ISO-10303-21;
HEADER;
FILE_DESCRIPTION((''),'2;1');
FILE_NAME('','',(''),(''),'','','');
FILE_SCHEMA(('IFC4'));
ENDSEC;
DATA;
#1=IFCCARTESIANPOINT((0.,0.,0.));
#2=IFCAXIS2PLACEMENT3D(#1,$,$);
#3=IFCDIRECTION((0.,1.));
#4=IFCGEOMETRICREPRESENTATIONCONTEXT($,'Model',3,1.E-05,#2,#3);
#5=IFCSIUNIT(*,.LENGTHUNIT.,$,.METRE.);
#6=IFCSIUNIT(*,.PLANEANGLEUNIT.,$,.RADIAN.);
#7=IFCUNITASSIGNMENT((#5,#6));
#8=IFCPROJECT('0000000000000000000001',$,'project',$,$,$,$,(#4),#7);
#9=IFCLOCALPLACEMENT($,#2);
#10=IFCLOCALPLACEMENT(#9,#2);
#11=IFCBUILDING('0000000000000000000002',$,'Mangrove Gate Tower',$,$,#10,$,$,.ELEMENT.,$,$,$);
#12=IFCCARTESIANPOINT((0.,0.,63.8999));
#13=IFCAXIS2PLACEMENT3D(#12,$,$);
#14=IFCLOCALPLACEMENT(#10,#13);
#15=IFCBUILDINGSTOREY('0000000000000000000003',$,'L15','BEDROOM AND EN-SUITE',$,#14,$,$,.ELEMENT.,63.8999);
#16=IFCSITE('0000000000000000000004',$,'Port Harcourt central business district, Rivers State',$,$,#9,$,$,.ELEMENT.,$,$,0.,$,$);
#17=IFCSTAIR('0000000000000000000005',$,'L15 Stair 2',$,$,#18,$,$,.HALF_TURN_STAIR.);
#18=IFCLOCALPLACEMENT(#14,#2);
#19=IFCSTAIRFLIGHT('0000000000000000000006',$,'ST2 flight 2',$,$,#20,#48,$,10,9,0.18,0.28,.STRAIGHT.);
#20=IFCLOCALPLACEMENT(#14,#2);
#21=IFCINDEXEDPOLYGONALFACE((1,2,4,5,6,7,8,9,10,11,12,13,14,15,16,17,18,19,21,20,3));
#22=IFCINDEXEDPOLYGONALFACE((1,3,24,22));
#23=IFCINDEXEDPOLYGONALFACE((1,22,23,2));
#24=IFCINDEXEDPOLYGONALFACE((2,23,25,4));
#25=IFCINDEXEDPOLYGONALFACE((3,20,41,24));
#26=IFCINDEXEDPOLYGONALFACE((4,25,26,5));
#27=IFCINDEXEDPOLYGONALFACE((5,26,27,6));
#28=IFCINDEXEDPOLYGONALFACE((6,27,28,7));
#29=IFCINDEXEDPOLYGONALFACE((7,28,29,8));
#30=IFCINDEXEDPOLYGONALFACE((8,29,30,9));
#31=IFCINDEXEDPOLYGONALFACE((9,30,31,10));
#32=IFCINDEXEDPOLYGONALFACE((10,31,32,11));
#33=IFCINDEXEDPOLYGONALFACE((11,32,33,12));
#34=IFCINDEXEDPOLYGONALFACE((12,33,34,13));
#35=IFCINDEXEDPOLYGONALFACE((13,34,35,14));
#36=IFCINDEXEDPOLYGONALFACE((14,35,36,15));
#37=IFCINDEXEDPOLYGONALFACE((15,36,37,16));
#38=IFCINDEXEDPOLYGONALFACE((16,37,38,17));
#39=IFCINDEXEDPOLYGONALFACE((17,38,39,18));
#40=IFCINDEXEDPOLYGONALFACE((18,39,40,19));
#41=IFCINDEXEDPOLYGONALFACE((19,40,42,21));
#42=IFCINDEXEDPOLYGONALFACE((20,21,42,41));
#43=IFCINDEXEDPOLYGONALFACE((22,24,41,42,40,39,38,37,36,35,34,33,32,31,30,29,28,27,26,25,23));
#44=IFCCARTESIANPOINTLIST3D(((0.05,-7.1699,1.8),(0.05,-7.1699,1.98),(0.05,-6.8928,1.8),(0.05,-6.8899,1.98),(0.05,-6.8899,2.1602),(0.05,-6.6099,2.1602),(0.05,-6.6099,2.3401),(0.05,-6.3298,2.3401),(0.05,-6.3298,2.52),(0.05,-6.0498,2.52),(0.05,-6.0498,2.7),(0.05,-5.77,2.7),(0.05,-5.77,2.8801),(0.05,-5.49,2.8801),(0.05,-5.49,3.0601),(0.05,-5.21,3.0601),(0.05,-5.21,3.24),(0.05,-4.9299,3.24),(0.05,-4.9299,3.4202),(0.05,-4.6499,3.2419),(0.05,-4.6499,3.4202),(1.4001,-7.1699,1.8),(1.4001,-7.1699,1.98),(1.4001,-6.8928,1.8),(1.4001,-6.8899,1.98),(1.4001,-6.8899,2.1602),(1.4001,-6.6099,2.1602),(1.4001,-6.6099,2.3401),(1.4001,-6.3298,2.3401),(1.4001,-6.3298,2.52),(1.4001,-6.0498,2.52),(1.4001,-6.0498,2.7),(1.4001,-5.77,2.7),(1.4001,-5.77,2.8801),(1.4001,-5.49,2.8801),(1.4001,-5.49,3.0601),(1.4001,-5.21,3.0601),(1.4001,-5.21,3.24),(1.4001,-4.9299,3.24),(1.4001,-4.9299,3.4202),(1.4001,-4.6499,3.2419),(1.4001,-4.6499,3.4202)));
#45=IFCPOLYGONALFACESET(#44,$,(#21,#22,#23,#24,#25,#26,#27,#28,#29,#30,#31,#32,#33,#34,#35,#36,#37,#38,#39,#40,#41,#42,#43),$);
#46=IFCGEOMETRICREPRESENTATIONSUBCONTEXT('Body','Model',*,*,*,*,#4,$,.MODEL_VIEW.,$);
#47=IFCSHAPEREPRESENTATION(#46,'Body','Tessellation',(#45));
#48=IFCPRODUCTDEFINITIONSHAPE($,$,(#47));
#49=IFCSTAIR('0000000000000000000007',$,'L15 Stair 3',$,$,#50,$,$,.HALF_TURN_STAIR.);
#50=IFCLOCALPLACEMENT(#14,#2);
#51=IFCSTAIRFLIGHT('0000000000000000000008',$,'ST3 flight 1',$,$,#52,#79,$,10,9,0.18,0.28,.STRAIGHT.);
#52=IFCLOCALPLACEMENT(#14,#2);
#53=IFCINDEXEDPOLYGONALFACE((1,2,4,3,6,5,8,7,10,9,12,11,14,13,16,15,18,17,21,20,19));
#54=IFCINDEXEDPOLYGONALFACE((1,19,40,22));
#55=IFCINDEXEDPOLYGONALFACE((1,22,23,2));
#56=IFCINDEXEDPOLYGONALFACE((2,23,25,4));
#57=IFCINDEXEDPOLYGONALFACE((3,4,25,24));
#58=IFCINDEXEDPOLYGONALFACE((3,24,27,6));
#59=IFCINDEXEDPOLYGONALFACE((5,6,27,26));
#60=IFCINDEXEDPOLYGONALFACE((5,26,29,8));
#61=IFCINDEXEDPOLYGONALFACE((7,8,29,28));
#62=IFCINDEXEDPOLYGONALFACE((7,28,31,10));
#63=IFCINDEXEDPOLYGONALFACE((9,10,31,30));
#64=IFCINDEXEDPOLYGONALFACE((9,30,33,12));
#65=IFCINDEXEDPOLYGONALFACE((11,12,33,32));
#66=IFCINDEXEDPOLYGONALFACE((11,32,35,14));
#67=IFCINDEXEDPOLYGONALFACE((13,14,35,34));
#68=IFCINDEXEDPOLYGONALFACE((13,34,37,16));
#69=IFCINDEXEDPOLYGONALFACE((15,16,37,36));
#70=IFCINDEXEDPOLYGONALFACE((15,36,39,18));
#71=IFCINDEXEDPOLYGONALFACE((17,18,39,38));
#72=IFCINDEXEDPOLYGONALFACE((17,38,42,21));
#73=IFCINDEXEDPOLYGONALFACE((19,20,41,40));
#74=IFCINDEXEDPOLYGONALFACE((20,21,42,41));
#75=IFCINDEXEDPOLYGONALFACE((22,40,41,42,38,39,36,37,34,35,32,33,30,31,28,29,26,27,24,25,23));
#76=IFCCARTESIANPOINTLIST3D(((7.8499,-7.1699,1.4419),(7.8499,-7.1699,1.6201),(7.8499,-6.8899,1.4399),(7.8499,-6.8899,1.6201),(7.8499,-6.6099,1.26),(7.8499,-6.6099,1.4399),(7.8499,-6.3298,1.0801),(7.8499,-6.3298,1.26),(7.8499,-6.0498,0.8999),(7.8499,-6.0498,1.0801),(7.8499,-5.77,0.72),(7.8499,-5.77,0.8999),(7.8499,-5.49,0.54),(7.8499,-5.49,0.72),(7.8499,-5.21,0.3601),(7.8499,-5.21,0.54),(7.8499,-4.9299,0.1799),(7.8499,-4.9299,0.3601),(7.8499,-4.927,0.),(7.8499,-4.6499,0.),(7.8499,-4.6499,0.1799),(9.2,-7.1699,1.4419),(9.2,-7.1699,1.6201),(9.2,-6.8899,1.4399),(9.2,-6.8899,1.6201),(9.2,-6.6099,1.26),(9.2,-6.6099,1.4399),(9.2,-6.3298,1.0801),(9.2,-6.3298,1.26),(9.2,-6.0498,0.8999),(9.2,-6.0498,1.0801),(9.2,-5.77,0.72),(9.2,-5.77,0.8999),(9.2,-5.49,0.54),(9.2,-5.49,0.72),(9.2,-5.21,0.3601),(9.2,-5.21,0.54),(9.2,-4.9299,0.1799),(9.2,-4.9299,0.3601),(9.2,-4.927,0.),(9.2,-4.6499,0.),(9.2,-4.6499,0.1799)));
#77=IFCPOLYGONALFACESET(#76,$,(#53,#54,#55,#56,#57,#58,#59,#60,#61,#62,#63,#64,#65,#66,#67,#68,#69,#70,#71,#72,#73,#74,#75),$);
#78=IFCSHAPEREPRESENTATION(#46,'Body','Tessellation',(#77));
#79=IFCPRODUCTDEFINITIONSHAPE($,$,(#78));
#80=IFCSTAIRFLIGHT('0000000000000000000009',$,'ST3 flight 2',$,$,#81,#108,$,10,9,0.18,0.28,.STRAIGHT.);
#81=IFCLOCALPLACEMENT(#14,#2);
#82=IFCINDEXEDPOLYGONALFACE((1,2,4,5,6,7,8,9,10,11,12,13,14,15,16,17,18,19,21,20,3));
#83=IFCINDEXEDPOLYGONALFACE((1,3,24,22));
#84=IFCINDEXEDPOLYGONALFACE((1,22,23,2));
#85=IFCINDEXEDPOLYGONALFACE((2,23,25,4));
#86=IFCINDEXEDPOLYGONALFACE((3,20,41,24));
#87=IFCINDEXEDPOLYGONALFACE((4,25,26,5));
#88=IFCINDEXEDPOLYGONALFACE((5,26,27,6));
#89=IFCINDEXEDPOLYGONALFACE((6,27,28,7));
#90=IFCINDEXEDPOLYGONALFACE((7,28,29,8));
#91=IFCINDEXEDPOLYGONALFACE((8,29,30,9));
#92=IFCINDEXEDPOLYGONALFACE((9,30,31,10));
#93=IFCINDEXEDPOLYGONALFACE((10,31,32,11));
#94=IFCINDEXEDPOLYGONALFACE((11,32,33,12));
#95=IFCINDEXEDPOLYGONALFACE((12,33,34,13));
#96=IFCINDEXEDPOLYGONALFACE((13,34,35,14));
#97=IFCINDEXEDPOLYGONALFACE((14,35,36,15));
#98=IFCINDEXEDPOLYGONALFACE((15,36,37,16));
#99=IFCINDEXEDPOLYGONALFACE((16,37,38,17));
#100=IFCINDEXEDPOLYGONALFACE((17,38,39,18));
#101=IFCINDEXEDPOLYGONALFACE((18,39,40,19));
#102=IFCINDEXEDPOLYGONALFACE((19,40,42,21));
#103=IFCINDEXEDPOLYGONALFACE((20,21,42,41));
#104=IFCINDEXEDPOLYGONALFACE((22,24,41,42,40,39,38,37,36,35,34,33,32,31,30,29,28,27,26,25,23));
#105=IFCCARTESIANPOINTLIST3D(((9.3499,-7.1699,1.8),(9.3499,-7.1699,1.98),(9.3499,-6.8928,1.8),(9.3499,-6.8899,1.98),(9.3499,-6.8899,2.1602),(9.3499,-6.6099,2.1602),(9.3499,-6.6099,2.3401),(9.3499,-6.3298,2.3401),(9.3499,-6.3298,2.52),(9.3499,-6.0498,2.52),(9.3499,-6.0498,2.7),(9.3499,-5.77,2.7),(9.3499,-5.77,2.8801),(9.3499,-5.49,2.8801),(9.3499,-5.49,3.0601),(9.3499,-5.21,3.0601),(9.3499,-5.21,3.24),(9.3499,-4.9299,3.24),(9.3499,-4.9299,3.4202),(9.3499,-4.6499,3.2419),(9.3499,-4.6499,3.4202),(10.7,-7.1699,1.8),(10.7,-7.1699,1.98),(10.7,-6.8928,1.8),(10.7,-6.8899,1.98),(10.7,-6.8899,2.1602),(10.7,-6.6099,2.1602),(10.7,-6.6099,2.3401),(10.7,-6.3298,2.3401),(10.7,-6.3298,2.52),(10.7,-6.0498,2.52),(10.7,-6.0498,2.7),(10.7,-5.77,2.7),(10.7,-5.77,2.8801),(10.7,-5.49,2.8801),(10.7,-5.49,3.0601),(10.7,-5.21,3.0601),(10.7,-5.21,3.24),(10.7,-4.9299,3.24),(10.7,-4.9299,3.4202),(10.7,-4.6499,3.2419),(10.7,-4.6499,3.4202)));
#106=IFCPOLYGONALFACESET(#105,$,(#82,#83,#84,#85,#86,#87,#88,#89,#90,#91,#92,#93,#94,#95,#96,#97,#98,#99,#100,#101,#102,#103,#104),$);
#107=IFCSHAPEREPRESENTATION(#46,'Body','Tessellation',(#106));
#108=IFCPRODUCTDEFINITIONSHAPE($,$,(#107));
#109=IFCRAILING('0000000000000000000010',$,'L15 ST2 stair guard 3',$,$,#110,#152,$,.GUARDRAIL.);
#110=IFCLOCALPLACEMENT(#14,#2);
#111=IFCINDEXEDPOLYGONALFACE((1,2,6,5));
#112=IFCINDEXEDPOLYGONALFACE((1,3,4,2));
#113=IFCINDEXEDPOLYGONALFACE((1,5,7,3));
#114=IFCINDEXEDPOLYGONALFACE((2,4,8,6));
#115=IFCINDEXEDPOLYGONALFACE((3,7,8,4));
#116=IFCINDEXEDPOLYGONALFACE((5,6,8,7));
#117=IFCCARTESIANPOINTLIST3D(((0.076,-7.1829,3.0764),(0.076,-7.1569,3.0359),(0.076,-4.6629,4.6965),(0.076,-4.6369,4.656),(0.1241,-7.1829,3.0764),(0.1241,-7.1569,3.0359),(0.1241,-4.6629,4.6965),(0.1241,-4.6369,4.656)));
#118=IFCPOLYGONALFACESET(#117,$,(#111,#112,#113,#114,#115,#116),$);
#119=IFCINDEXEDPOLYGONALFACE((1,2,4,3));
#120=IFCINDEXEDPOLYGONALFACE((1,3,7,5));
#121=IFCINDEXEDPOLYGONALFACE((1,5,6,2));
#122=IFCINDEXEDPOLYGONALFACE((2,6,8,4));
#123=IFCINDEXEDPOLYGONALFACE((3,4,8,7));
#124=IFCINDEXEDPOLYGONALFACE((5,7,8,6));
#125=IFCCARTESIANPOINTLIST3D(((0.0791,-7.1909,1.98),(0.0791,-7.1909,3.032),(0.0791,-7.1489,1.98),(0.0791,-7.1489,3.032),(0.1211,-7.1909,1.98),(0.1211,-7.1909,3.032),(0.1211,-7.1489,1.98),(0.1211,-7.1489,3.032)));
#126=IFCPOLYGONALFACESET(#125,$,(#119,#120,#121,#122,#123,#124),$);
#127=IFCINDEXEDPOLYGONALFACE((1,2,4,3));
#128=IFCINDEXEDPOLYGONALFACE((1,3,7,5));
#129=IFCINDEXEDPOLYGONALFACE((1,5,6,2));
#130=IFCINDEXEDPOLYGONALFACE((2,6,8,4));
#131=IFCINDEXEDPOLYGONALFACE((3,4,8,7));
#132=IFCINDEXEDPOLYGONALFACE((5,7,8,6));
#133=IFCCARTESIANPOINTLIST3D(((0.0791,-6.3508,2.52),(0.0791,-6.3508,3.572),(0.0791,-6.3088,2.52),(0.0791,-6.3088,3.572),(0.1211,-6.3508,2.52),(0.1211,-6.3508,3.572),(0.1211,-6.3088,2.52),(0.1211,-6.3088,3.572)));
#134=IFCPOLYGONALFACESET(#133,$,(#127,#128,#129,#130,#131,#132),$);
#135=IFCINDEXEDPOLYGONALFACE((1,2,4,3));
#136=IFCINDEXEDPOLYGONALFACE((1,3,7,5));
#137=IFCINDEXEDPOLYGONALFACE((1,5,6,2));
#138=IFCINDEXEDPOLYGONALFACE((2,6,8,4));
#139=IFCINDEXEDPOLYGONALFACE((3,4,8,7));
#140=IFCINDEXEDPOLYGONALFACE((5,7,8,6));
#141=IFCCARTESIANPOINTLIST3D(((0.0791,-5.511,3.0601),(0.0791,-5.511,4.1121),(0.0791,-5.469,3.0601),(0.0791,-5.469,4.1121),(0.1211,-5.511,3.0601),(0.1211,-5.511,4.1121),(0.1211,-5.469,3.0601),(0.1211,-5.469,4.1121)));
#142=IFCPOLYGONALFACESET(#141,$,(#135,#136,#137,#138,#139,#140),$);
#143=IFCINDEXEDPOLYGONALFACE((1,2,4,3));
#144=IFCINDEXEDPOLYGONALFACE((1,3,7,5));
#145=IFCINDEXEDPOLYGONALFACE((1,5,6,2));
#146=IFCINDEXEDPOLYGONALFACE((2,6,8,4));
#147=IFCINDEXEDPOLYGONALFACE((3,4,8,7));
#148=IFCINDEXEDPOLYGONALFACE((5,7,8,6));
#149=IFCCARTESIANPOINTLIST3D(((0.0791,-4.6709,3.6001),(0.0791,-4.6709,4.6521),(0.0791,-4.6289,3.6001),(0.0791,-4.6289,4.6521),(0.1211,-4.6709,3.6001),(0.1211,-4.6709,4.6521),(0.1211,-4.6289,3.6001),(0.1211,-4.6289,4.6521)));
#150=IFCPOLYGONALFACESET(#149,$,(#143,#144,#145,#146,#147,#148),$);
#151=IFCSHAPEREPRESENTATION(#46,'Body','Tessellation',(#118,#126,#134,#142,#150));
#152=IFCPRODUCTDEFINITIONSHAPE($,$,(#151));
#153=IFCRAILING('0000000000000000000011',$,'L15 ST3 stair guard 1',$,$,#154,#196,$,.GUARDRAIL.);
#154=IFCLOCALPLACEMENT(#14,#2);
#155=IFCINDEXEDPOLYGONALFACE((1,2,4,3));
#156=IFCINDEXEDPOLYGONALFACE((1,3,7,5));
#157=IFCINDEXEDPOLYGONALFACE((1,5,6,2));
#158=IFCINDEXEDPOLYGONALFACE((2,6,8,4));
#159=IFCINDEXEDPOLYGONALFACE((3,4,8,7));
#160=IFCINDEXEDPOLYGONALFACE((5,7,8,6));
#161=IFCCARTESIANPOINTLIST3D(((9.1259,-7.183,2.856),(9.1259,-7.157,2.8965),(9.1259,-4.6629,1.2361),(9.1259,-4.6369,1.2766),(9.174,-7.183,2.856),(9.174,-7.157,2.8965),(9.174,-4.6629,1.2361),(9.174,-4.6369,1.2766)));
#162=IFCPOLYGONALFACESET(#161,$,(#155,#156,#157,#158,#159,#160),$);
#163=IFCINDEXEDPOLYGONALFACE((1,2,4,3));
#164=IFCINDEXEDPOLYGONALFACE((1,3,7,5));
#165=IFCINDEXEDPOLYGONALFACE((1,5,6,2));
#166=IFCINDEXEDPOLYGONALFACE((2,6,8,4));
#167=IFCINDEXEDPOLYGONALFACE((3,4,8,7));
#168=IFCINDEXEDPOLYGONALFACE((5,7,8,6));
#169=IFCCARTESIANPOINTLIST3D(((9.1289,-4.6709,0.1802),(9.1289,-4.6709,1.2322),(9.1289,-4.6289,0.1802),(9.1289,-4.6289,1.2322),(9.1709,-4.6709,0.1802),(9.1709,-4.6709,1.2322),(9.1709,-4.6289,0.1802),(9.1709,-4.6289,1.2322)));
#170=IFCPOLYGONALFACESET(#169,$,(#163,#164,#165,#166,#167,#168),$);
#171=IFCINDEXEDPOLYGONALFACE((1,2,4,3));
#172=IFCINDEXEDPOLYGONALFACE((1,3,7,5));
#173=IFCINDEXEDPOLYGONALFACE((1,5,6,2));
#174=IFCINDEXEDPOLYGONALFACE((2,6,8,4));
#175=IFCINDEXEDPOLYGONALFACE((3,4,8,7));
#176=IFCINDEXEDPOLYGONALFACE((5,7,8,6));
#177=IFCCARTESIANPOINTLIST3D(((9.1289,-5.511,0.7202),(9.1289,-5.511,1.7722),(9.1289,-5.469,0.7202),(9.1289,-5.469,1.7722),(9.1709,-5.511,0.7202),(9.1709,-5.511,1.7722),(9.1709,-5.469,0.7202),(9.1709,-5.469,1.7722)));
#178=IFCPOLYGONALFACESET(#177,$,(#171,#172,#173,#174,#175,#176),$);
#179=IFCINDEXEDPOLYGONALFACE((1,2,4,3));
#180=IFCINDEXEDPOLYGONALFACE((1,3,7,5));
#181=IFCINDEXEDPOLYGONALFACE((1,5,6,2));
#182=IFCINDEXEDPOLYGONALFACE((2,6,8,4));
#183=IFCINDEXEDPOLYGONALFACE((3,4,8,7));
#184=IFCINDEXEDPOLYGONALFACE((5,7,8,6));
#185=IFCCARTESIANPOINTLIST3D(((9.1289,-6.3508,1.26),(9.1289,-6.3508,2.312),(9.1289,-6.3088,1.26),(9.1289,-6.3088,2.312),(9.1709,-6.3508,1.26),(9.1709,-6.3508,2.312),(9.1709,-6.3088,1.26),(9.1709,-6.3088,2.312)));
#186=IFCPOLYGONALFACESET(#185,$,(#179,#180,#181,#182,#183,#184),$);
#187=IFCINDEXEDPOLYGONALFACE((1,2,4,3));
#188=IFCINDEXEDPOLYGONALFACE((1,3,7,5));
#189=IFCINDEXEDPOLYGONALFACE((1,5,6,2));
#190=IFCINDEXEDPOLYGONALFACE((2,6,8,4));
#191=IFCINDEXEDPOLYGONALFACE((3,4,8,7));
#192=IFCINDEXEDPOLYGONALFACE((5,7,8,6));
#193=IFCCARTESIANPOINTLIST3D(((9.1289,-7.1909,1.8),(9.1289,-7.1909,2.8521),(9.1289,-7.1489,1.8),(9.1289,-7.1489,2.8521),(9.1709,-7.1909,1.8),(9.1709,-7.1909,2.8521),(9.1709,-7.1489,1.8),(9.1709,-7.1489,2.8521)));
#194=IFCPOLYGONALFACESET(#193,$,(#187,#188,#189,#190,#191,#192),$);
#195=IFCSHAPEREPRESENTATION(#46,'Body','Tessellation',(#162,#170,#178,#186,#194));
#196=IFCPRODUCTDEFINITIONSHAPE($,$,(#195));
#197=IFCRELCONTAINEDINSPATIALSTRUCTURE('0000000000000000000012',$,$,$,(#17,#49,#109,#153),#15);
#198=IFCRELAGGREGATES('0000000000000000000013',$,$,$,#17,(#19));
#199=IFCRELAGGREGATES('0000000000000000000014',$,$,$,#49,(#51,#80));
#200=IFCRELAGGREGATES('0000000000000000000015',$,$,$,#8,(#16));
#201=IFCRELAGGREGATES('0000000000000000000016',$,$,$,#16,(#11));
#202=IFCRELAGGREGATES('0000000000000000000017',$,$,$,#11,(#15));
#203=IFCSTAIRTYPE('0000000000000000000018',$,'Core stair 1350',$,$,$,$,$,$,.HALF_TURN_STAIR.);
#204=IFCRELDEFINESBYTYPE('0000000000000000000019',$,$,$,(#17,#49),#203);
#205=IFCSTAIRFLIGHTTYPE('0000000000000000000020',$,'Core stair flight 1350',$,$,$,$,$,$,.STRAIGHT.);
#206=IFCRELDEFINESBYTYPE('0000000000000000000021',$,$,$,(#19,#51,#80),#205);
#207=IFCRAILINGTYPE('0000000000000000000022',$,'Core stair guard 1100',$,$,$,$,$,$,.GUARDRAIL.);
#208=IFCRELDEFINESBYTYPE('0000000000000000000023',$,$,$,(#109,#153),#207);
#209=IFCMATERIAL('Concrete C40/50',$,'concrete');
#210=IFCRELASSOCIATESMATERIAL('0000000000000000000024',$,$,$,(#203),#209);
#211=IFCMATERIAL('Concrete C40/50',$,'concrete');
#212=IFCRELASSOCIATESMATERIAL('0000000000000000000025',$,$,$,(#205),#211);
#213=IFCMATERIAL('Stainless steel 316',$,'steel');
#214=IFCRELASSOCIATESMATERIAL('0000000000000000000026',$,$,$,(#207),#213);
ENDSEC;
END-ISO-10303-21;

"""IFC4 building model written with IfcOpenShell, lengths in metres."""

from ifc_helpers import new_model, si_unit, direction, frame, origin, origin_2d, place, context, subcontext, project, spatial, polyline, rectangle, outline, extrude, material, type_object, element, aggregate, save


model = new_model("IFC4")

# Units and contexts
model_context = context("Model", 3, precision=1e-05, world=origin(), true_north=direction((0.0, 1.0)))
body_context = subcontext(model_context, "Body", "Model", "MODEL_VIEW")
ifc_project = project(units=[si_unit("LENGTHUNIT", "METRE"), si_unit("PLANEANGLEUNIT", "RADIAN")], contexts=[model_context])

# Site, building, storey
site_placement = place(None, origin())
site = spatial("IfcSite", under=ifc_project, at=site_placement, Name="Port Harcourt central business district, Rivers State", CompositionType="ELEMENT", RefElevation=0.0)
building_placement = place(site_placement, origin())
building = spatial("IfcBuilding", under=site, at=building_placement, Name="Mangrove Gate Tower", CompositionType="ELEMENT")
storey_placement = place(building_placement, frame((0.0, 0.0, 63.8999)))
storey = spatial("IfcBuildingStorey", under=building, at=storey_placement, Name="L15", Description="BEDROOM AND EN-SUITE", CompositionType="ELEMENT", Elevation=63.8999)

# Stair, stair flight
ifc_material_1 = material(Name="Concrete C40/50", Category="concrete")
stair_type = type_object("IfcStairType", Name="Core stair 1350", PredefinedType="HALF_TURN_STAIR", material=ifc_material_1)
stair_1_placement = place(storey_placement, origin())
stair_1 = element("IfcStair", 1, at=stair_1_placement, inside=storey, type_object=stair_type, Name="L15 Stair 2", PredefinedType="HALF_TURN_STAIR")
ifc_material_2 = material(Name="Concrete C40/50", Category="concrete")
stair_flight_type = type_object("IfcStairFlightType", Name="Core stair flight 1350", PredefinedType="STRAIGHT", material=ifc_material_2)
stair_flight_1_placement = place(storey_placement, frame((0.7251, -7.1699, 1.8), z_axis=(0.0, 0.0, 1.0), x_axis=(0.0, 1.0, 0.0)))
stair_flight_1 = element("IfcStairFlight", 2, at=stair_flight_1_placement, type_object=stair_flight_type, Name="ST2 flight 2", NumberOfRisers=10, NumberOfTreads=9, PredefinedType="STRAIGHT", RiserHeight=0.18, TreadLength=0.28, context=body_context, shape_type="SweptSolid", body=[
    extrude(outline(polyline([(0.0, 0.0), (0.0, 0.1799), (0.28, 0.1799), (0.28, 0.3601), (0.5601, 0.3601), (0.5601, 0.54), (0.8401, 0.54), (0.8401, 0.72), (1.1201, 0.72), (1.1201, 0.8999), (1.3999, 0.8999), (1.3999, 1.0801), (1.6799, 1.0801), (1.6799, 1.26), (1.96, 1.26), (1.96, 1.4399), (2.24, 1.4399), (2.24, 1.6201), (2.52, 1.6201), (2.52, 1.8), (2.52, 1.4419), (0.2771, 0.0), (0.0, 0.0)])), frame((0.0, 0.675, 0.0), z_axis=(0.0, -1.0, 0.0), x_axis=(1.0, 0.0, 0.0)), (0.0, 0.0, 1.0), 1.3501),
])
aggregate(stair_1, [stair_flight_1])

# Stair, stair flights
stair_2_placement = place(storey_placement, origin())
stair_2 = element("IfcStair", 3, at=stair_2_placement, inside=storey, type_object=stair_type, Name="L15 Stair 3", PredefinedType="HALF_TURN_STAIR")
stair_flight_2_placement = place(storey_placement, frame((8.5249, -4.6499, 0.0), z_axis=(0.0, 0.0, 1.0), x_axis=(0.0, -1.0, 0.0)))
stair_flight_2 = element("IfcStairFlight", 4, at=stair_flight_2_placement, type_object=stair_flight_type, Name="ST3 flight 1", NumberOfRisers=10, NumberOfTreads=9, PredefinedType="STRAIGHT", RiserHeight=0.18, TreadLength=0.28, context=body_context, shape_type="SweptSolid", body=[
    extrude(outline(polyline([(0.0, 0.0), (0.0, 0.1799), (0.28, 0.1799), (0.28, 0.3601), (0.5601, 0.3601), (0.5601, 0.54), (0.8401, 0.54), (0.8401, 0.72), (1.1201, 0.72), (1.1201, 0.8999), (1.3999, 0.8999), (1.3999, 1.0801), (1.6799, 1.0801), (1.6799, 1.26), (1.96, 1.26), (1.96, 1.4399), (2.24, 1.4399), (2.24, 1.6201), (2.52, 1.6201), (2.52, 1.8), (2.52, 1.4419), (0.2771, 0.0), (0.0, 0.0)])), frame((0.0, 0.675, 0.0), z_axis=(0.0, -1.0, 0.0), x_axis=(1.0, 0.0, 0.0)), (0.0, 0.0, 1.0), 1.3501),
])
stair_flight_3_placement = place(storey_placement, frame((10.0249, -7.1699, 1.8), z_axis=(0.0, 0.0, 1.0), x_axis=(0.0, 1.0, 0.0)))
stair_flight_3 = element("IfcStairFlight", 5, at=stair_flight_3_placement, type_object=stair_flight_type, Name="ST3 flight 2", NumberOfRisers=10, NumberOfTreads=9, PredefinedType="STRAIGHT", RiserHeight=0.18, TreadLength=0.28, context=body_context, shape_type="SweptSolid", body=[
    extrude(outline(polyline([(0.0, 0.0), (0.0, 0.1799), (0.28, 0.1799), (0.28, 0.3601), (0.5601, 0.3601), (0.5601, 0.54), (0.8401, 0.54), (0.8401, 0.72), (1.1201, 0.72), (1.1201, 0.8999), (1.3999, 0.8999), (1.3999, 1.0801), (1.6799, 1.0801), (1.6799, 1.26), (1.96, 1.26), (1.96, 1.4399), (2.24, 1.4399), (2.24, 1.6201), (2.52, 1.6201), (2.52, 1.8), (2.52, 1.4419), (0.2771, 0.0), (0.0, 0.0)])), frame((0.0, 0.675, 0.0), z_axis=(0.0, -1.0, 0.0), x_axis=(1.0, 0.0, 0.0)), (0.0, 0.0, 1.0), 1.3501),
])
aggregate(stair_2, [stair_flight_2, stair_flight_3])

# Railings
ifc_material_3 = material(Name="Stainless steel 316", Category="steel")
railing_type_1 = type_object("IfcRailingType", Name="Core stair guard 1100", PredefinedType="GUARDRAIL", material=ifc_material_3)
railing_1_placement = place(storey_placement, frame((0.1001, -7.1699, 1.98)))
element("IfcRailing", 6, at=railing_1_placement, inside=storey, type_object=railing_type_1, Name="L15 ST2 stair guard 3", PredefinedType="GUARDRAIL", context=body_context, shape_type="SweptSolid", body=[
    extrude(rectangle(XDim=0.0481, YDim=0.0481, at=origin_2d()), frame((0.0, 0.0, 1.0762), z_axis=(0.0, 0.841163, 0.540782), x_axis=(-1.0, 0.0, 0.0)), (0.0, 0.0, 1.0), 2.9958),
    extrude(rectangle(XDim=0.042, YDim=0.042, at=origin_2d()), origin(), (0.0, 0.0, 1.0), 1.052),
    extrude(rectangle(XDim=0.042, YDim=0.042, at=origin_2d()), frame((0.0, 0.8401, 0.54)), (0.0, 0.0, 1.0), 1.052),
    extrude(rectangle(XDim=0.042, YDim=0.042, at=origin_2d()), frame((0.0, 1.6799, 1.0801)), (0.0, 0.0, 1.0), 1.052),
    extrude(rectangle(XDim=0.042, YDim=0.042, at=origin_2d()), frame((0.0, 2.52, 1.6201)), (0.0, 0.0, 1.0), 1.052),
])
railing_2_placement = place(storey_placement, frame((9.1499, -4.6499, 0.1802)))
element("IfcRailing", 7, at=railing_2_placement, inside=storey, type_object=railing_type_1, Name="L15 ST3 stair guard 1", PredefinedType="GUARDRAIL", context=body_context, shape_type="SweptSolid", body=[
    extrude(rectangle(XDim=0.0481, YDim=0.0481, at=origin_2d()), frame((0.0, 0.0, 1.0762), z_axis=(0.0, -0.8412, 0.540725), x_axis=(1.0, 0.0, 0.0)), (0.0, 0.0, 1.0), 2.9958),
    extrude(rectangle(XDim=0.042, YDim=0.042, at=origin_2d()), origin(), (0.0, 0.0, 1.0), 1.052),
    extrude(rectangle(XDim=0.042, YDim=0.042, at=origin_2d()), frame((0.0, -0.8401, 0.54)), (0.0, 0.0, 1.0), 1.052),
    extrude(rectangle(XDim=0.042, YDim=0.042, at=origin_2d()), frame((0.0, -1.6799, 1.0798)), (0.0, 0.0, 1.0), 1.052),
    extrude(rectangle(XDim=0.042, YDim=0.042, at=origin_2d()), frame((0.0, -2.52, 1.6199)), (0.0, 0.0, 1.0), 1.052),
])

save(model, "model.ifc")
